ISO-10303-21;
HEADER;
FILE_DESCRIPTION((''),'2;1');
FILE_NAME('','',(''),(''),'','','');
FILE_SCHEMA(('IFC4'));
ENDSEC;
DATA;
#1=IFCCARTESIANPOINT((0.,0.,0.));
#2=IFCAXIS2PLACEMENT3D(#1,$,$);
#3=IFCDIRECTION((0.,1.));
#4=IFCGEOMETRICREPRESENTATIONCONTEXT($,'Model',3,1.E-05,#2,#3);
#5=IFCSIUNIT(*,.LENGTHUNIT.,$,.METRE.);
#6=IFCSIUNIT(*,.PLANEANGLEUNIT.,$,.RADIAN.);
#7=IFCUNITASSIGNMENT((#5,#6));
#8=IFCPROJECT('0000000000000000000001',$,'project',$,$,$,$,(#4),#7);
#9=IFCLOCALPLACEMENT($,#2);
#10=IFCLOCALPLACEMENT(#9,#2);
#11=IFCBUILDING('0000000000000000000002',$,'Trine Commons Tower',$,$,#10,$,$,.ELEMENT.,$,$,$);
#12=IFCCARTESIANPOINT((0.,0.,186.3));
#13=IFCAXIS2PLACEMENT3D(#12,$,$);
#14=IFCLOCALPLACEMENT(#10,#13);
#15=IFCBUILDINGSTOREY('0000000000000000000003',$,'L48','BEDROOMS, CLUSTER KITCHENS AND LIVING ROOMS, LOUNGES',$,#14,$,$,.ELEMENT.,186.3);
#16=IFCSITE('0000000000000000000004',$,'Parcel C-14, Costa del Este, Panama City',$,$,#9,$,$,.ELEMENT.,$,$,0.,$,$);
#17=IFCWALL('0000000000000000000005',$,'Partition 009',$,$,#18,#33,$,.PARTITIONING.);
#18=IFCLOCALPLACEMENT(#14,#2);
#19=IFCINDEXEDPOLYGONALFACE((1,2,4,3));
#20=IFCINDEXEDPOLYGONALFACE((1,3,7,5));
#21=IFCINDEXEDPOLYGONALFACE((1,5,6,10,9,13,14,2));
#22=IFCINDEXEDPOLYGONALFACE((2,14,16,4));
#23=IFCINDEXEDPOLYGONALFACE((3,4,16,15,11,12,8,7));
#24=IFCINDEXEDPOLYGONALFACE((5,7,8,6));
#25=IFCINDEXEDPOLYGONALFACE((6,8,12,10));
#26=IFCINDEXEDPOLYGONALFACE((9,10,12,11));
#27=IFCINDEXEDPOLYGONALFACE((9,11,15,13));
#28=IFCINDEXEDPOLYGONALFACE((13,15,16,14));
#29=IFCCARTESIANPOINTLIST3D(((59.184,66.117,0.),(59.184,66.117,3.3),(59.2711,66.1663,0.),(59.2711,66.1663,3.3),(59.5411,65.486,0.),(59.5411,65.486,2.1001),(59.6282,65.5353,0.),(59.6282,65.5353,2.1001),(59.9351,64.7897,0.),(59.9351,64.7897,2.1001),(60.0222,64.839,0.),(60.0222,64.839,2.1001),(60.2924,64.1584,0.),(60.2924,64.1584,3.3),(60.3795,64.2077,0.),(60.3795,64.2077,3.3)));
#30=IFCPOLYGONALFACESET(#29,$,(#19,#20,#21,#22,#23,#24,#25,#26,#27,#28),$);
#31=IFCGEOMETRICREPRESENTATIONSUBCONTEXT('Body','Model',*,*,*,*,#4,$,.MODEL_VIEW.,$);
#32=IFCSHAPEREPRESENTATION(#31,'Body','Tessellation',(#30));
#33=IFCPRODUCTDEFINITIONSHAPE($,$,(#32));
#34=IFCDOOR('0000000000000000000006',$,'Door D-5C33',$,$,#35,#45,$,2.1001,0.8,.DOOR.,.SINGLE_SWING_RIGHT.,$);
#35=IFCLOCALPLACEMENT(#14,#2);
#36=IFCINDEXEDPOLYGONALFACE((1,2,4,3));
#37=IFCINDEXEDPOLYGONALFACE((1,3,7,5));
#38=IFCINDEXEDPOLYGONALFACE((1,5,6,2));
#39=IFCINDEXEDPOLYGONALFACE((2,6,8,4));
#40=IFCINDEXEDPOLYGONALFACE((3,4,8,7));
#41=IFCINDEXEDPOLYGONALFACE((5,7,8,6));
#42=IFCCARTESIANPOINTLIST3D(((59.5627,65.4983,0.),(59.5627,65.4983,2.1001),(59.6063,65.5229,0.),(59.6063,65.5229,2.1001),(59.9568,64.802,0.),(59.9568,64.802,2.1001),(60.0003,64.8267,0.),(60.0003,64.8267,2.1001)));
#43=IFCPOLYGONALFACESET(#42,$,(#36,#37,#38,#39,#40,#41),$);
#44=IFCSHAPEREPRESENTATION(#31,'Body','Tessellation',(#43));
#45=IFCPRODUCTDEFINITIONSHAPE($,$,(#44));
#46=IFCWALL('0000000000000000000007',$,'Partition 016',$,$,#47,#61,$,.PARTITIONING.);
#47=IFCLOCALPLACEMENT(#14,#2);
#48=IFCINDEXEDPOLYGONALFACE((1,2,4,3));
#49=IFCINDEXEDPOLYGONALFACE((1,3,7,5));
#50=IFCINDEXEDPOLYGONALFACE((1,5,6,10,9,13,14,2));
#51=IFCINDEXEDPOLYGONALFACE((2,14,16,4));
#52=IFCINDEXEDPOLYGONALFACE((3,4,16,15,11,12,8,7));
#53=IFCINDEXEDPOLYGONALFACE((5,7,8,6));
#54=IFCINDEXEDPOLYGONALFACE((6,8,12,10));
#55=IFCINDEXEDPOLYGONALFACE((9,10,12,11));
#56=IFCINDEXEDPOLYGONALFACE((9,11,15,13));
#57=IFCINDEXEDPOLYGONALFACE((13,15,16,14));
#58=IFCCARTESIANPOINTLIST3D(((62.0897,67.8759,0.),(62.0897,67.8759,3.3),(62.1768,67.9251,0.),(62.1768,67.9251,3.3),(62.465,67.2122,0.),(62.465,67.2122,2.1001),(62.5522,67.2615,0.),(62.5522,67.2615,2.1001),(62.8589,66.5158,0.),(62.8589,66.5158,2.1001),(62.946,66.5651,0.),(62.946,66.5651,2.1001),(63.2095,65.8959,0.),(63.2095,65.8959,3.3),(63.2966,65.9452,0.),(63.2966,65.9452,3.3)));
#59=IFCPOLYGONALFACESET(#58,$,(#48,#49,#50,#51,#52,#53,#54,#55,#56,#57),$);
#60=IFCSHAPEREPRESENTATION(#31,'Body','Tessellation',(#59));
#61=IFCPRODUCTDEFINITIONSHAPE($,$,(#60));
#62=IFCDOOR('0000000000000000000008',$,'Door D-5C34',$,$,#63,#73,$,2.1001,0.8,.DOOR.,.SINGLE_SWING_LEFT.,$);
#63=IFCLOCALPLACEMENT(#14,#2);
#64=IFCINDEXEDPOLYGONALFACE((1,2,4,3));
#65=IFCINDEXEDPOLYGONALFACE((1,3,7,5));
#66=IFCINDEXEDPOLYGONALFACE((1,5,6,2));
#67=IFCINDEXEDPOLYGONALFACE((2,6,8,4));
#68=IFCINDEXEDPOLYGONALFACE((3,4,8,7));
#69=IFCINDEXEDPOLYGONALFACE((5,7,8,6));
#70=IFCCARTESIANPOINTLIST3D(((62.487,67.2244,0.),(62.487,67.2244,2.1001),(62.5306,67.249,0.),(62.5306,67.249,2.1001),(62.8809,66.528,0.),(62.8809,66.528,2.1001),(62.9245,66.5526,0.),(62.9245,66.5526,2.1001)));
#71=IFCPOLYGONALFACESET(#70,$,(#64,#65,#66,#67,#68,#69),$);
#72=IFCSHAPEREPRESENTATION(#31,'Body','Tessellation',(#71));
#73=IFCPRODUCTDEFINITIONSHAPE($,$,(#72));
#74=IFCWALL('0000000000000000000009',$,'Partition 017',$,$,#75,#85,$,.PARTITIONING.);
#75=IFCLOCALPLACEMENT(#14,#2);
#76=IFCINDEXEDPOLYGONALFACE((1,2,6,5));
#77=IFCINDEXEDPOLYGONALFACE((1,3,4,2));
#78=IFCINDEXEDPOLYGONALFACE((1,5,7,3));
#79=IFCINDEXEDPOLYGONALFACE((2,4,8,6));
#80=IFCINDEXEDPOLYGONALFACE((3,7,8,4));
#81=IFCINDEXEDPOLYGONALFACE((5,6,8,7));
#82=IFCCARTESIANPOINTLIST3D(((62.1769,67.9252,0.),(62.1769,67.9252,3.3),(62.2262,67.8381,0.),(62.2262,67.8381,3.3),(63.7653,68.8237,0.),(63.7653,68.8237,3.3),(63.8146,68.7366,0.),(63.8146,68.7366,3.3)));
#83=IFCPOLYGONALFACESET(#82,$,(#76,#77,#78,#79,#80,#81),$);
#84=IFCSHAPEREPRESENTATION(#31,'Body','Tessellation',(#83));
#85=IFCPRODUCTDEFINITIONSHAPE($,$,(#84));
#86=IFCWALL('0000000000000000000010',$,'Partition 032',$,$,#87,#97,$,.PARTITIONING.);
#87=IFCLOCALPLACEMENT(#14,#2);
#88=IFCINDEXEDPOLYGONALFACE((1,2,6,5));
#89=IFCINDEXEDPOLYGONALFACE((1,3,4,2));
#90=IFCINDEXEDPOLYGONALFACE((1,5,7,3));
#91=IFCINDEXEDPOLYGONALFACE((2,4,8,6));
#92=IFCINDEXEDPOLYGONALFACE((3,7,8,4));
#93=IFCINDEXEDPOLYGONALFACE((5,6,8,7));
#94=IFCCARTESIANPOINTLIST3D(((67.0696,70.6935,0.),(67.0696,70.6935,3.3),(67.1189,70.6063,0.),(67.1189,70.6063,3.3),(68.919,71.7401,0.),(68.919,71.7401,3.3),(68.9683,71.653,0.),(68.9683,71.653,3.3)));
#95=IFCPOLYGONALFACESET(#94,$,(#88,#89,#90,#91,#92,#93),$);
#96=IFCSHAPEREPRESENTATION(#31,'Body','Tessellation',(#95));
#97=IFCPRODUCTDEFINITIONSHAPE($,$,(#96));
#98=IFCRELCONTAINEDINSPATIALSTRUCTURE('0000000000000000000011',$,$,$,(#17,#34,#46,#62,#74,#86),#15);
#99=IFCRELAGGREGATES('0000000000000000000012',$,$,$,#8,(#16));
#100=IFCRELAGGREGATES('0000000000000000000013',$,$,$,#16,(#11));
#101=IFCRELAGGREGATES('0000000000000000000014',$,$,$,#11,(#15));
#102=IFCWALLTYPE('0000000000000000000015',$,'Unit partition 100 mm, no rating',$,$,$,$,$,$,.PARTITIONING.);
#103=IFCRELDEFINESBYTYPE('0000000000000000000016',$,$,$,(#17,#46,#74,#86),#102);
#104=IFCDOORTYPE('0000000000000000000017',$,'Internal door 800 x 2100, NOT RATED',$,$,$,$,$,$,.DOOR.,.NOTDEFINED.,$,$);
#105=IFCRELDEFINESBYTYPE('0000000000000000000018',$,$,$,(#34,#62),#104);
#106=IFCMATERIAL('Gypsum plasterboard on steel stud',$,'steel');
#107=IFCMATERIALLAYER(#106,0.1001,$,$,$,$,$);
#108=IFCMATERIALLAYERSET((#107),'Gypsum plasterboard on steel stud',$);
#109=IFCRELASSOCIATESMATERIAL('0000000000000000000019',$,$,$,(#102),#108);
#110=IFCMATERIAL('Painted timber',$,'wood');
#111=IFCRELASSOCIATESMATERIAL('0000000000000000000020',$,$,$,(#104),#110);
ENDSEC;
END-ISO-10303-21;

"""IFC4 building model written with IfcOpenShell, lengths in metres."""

from ifc_helpers import new_model, si_unit, direction, frame, frame_2d, origin, place, context, subcontext, project, spatial, rectangle, extrude, material, layer, layer_set, type_object, element, fill, save


model = new_model("IFC4")

# Units and contexts
model_context = context("Model", 3, precision=1e-05, world=origin(), true_north=direction((0.0, 1.0)))
body_context = subcontext(model_context, "Body", "Model", "MODEL_VIEW")
ifc_project = project(units=[si_unit("LENGTHUNIT", "METRE"), si_unit("PLANEANGLEUNIT", "RADIAN")], contexts=[model_context])

# Site, building, storey
site_placement = place(None, origin())
site = spatial("IfcSite", under=ifc_project, at=site_placement, Name="Parcel C-14, Costa del Este, Panama City", CompositionType="ELEMENT", RefElevation=0.0)
building_placement = place(site_placement, origin())
building = spatial("IfcBuilding", under=site, at=building_placement, Name="Trine Commons Tower", CompositionType="ELEMENT")
storey_placement = place(building_placement, frame((0.0, 0.0, 186.3)))
storey = spatial("IfcBuildingStorey", under=building, at=storey_placement, Name="L48", Description="BEDROOMS, CLUSTER KITCHENS AND LIVING ROOMS, LOUNGES", CompositionType="ELEMENT", Elevation=186.3)

# Shared definitions
ifc_material_1 = material(Name="Gypsum plasterboard on steel stud", Category="steel")

# Shared definitions
ifc_material_2 = material(Name="Painted timber", Category="wood")

# Walls, openings, doors
ifc_layer_1 = layer(ifc_material_1, 0.1001)
ifc_layer_set_1 = layer_set([ifc_layer_1], Name="Gypsum plasterboard on steel stud")
wall_type_1 = type_object("IfcWallType", Name="Unit partition 100 mm, no rating", PredefinedType="PARTITIONING", material=ifc_layer_set_1)
wall_1_placement = place(storey_placement, frame((59.2275, 66.1416, 0.0), z_axis=(0.0, 0.0, 1.0), x_axis=(0.492536, -0.870292, 0.0)))
wall_1 = element("IfcWall", 1, at=wall_1_placement, inside=storey, type_object=wall_type_1, Name="Partition 009", PredefinedType="PARTITIONING", context=body_context, shape_type="SweptSolid", body=[
    extrude(rectangle(XDim=2.2505, YDim=0.1001, at=frame_2d((1.1252, 0.0))), origin(), (0.0, 0.0, 1.0), 3.3),
])
opening_1_placement = place(wall_1_placement, frame((0.7251, 0.0, 0.0)))
opening_1 = element("IfcOpeningElement", 2, at=opening_1_placement, cuts=wall_1, PredefinedType="OPENING", context=body_context, shape_type="SweptSolid", body=[
    extrude(rectangle(XDim=0.8, YDim=2.1001, at=frame_2d((0.3999, 1.05))), frame((0.0, 0.0601, 0.0), z_axis=(0.0, -1.0, 0.0), x_axis=(1.0, 0.0, 0.0)), (0.0, 0.0, 1.0), 0.1201),
])
door_type_1 = type_object("IfcDoorType", Name="Internal door 800 x 2100, NOT RATED", OperationType="NOTDEFINED", PredefinedType="DOOR", material=ifc_material_2)
door_1_placement = place(opening_1_placement, origin())
door_1 = element("IfcDoor", 3, at=door_1_placement, inside=storey, type_object=door_type_1, Name="Door D-5C33", OperationType="SINGLE_SWING_RIGHT", OverallHeight=2.1001, OverallWidth=0.8, PredefinedType="DOOR", context=body_context, shape_type="SweptSolid", body=[
    extrude(rectangle(XDim=0.8, YDim=2.1001, at=frame_2d((0.3999, 1.05))), frame((0.0, 0.0249, 0.0), z_axis=(0.0, -1.0, 0.0), x_axis=(1.0, 0.0, 0.0)), (0.0, 0.0, 1.0), 0.05),
])
fill(opening_1, door_1)
wall_2_placement = place(storey_placement, frame((62.1333, 67.9004, 0.0), z_axis=(0.0, 0.0, 1.0), x_axis=(0.492308, -0.870421, 0.0)))
wall_2 = element("IfcWall", 4, at=wall_2_placement, inside=storey, type_object=wall_type_1, Name="Partition 016", PredefinedType="PARTITIONING", context=body_context, shape_type="SweptSolid", body=[
    extrude(rectangle(XDim=2.2747, YDim=0.1001, at=frame_2d((1.1372, 0.0))), origin(), (0.0, 0.0, 1.0), 3.3),
])
opening_2_placement = place(wall_2_placement, frame((0.7625, 0.0, 0.0)))
opening_2 = element("IfcOpeningElement", 5, at=opening_2_placement, cuts=wall_2, PredefinedType="OPENING", context=body_context, shape_type="SweptSolid", body=[
    extrude(rectangle(XDim=0.8, YDim=2.1001, at=frame_2d((0.3999, 1.05))), frame((0.0, 0.0601, 0.0), z_axis=(0.0, -1.0, 0.0), x_axis=(1.0, 0.0, 0.0)), (0.0, 0.0, 1.0), 0.1201),
])
door_2_placement = place(opening_2_placement, frame((0.8, 0.0, 0.0), z_axis=(0.0, 0.0, 1.0), x_axis=(-1.0, 0.0, 0.0)))
door_2 = element("IfcDoor", 6, at=door_2_placement, inside=storey, type_object=door_type_1, Name="Door D-5C34", OperationType="SINGLE_SWING_LEFT", OverallHeight=2.1001, OverallWidth=0.8, PredefinedType="DOOR", context=body_context, shape_type="SweptSolid", body=[
    extrude(rectangle(XDim=0.8, YDim=2.1001, at=frame_2d((0.3999, 1.05))), frame((0.0, 0.0249, 0.0), z_axis=(0.0, -1.0, 0.0), x_axis=(1.0, 0.0, 0.0)), (0.0, 0.0, 1.0), 0.05),
])
fill(opening_2, door_2)

# Walls
wall_3_placement = place(storey_placement, frame((62.2014, 67.8816, 0.0), z_axis=(0.0, 0.0, 1.0), x_axis=(0.870408, 0.492331, 0.0)))
element("IfcWall", 7, at=wall_3_placement, inside=storey, type_object=wall_type_1, Name="Partition 017", PredefinedType="PARTITIONING", context=body_context, shape_type="SweptSolid", body=[
    extrude(rectangle(XDim=1.825, YDim=0.1001, at=frame_2d((0.9126, 0.0))), origin(), (0.0, 0.0, 1.0), 3.3),
])
wall_4_placement = place(storey_placement, frame((67.0942, 70.6499, 0.0), z_axis=(0.0, 0.0, 1.0), x_axis=(0.870293, 0.492534, 0.0)))
element("IfcWall", 8, at=wall_4_placement, inside=storey, type_object=wall_type_1, Name="Partition 032", PredefinedType="PARTITIONING", context=body_context, shape_type="SweptSolid", body=[
    extrude(rectangle(XDim=2.125, YDim=0.1001, at=frame_2d((1.0625, 0.0))), origin(), (0.0, 0.0, 1.0), 3.3),
])

save(model, "model.ifc")
